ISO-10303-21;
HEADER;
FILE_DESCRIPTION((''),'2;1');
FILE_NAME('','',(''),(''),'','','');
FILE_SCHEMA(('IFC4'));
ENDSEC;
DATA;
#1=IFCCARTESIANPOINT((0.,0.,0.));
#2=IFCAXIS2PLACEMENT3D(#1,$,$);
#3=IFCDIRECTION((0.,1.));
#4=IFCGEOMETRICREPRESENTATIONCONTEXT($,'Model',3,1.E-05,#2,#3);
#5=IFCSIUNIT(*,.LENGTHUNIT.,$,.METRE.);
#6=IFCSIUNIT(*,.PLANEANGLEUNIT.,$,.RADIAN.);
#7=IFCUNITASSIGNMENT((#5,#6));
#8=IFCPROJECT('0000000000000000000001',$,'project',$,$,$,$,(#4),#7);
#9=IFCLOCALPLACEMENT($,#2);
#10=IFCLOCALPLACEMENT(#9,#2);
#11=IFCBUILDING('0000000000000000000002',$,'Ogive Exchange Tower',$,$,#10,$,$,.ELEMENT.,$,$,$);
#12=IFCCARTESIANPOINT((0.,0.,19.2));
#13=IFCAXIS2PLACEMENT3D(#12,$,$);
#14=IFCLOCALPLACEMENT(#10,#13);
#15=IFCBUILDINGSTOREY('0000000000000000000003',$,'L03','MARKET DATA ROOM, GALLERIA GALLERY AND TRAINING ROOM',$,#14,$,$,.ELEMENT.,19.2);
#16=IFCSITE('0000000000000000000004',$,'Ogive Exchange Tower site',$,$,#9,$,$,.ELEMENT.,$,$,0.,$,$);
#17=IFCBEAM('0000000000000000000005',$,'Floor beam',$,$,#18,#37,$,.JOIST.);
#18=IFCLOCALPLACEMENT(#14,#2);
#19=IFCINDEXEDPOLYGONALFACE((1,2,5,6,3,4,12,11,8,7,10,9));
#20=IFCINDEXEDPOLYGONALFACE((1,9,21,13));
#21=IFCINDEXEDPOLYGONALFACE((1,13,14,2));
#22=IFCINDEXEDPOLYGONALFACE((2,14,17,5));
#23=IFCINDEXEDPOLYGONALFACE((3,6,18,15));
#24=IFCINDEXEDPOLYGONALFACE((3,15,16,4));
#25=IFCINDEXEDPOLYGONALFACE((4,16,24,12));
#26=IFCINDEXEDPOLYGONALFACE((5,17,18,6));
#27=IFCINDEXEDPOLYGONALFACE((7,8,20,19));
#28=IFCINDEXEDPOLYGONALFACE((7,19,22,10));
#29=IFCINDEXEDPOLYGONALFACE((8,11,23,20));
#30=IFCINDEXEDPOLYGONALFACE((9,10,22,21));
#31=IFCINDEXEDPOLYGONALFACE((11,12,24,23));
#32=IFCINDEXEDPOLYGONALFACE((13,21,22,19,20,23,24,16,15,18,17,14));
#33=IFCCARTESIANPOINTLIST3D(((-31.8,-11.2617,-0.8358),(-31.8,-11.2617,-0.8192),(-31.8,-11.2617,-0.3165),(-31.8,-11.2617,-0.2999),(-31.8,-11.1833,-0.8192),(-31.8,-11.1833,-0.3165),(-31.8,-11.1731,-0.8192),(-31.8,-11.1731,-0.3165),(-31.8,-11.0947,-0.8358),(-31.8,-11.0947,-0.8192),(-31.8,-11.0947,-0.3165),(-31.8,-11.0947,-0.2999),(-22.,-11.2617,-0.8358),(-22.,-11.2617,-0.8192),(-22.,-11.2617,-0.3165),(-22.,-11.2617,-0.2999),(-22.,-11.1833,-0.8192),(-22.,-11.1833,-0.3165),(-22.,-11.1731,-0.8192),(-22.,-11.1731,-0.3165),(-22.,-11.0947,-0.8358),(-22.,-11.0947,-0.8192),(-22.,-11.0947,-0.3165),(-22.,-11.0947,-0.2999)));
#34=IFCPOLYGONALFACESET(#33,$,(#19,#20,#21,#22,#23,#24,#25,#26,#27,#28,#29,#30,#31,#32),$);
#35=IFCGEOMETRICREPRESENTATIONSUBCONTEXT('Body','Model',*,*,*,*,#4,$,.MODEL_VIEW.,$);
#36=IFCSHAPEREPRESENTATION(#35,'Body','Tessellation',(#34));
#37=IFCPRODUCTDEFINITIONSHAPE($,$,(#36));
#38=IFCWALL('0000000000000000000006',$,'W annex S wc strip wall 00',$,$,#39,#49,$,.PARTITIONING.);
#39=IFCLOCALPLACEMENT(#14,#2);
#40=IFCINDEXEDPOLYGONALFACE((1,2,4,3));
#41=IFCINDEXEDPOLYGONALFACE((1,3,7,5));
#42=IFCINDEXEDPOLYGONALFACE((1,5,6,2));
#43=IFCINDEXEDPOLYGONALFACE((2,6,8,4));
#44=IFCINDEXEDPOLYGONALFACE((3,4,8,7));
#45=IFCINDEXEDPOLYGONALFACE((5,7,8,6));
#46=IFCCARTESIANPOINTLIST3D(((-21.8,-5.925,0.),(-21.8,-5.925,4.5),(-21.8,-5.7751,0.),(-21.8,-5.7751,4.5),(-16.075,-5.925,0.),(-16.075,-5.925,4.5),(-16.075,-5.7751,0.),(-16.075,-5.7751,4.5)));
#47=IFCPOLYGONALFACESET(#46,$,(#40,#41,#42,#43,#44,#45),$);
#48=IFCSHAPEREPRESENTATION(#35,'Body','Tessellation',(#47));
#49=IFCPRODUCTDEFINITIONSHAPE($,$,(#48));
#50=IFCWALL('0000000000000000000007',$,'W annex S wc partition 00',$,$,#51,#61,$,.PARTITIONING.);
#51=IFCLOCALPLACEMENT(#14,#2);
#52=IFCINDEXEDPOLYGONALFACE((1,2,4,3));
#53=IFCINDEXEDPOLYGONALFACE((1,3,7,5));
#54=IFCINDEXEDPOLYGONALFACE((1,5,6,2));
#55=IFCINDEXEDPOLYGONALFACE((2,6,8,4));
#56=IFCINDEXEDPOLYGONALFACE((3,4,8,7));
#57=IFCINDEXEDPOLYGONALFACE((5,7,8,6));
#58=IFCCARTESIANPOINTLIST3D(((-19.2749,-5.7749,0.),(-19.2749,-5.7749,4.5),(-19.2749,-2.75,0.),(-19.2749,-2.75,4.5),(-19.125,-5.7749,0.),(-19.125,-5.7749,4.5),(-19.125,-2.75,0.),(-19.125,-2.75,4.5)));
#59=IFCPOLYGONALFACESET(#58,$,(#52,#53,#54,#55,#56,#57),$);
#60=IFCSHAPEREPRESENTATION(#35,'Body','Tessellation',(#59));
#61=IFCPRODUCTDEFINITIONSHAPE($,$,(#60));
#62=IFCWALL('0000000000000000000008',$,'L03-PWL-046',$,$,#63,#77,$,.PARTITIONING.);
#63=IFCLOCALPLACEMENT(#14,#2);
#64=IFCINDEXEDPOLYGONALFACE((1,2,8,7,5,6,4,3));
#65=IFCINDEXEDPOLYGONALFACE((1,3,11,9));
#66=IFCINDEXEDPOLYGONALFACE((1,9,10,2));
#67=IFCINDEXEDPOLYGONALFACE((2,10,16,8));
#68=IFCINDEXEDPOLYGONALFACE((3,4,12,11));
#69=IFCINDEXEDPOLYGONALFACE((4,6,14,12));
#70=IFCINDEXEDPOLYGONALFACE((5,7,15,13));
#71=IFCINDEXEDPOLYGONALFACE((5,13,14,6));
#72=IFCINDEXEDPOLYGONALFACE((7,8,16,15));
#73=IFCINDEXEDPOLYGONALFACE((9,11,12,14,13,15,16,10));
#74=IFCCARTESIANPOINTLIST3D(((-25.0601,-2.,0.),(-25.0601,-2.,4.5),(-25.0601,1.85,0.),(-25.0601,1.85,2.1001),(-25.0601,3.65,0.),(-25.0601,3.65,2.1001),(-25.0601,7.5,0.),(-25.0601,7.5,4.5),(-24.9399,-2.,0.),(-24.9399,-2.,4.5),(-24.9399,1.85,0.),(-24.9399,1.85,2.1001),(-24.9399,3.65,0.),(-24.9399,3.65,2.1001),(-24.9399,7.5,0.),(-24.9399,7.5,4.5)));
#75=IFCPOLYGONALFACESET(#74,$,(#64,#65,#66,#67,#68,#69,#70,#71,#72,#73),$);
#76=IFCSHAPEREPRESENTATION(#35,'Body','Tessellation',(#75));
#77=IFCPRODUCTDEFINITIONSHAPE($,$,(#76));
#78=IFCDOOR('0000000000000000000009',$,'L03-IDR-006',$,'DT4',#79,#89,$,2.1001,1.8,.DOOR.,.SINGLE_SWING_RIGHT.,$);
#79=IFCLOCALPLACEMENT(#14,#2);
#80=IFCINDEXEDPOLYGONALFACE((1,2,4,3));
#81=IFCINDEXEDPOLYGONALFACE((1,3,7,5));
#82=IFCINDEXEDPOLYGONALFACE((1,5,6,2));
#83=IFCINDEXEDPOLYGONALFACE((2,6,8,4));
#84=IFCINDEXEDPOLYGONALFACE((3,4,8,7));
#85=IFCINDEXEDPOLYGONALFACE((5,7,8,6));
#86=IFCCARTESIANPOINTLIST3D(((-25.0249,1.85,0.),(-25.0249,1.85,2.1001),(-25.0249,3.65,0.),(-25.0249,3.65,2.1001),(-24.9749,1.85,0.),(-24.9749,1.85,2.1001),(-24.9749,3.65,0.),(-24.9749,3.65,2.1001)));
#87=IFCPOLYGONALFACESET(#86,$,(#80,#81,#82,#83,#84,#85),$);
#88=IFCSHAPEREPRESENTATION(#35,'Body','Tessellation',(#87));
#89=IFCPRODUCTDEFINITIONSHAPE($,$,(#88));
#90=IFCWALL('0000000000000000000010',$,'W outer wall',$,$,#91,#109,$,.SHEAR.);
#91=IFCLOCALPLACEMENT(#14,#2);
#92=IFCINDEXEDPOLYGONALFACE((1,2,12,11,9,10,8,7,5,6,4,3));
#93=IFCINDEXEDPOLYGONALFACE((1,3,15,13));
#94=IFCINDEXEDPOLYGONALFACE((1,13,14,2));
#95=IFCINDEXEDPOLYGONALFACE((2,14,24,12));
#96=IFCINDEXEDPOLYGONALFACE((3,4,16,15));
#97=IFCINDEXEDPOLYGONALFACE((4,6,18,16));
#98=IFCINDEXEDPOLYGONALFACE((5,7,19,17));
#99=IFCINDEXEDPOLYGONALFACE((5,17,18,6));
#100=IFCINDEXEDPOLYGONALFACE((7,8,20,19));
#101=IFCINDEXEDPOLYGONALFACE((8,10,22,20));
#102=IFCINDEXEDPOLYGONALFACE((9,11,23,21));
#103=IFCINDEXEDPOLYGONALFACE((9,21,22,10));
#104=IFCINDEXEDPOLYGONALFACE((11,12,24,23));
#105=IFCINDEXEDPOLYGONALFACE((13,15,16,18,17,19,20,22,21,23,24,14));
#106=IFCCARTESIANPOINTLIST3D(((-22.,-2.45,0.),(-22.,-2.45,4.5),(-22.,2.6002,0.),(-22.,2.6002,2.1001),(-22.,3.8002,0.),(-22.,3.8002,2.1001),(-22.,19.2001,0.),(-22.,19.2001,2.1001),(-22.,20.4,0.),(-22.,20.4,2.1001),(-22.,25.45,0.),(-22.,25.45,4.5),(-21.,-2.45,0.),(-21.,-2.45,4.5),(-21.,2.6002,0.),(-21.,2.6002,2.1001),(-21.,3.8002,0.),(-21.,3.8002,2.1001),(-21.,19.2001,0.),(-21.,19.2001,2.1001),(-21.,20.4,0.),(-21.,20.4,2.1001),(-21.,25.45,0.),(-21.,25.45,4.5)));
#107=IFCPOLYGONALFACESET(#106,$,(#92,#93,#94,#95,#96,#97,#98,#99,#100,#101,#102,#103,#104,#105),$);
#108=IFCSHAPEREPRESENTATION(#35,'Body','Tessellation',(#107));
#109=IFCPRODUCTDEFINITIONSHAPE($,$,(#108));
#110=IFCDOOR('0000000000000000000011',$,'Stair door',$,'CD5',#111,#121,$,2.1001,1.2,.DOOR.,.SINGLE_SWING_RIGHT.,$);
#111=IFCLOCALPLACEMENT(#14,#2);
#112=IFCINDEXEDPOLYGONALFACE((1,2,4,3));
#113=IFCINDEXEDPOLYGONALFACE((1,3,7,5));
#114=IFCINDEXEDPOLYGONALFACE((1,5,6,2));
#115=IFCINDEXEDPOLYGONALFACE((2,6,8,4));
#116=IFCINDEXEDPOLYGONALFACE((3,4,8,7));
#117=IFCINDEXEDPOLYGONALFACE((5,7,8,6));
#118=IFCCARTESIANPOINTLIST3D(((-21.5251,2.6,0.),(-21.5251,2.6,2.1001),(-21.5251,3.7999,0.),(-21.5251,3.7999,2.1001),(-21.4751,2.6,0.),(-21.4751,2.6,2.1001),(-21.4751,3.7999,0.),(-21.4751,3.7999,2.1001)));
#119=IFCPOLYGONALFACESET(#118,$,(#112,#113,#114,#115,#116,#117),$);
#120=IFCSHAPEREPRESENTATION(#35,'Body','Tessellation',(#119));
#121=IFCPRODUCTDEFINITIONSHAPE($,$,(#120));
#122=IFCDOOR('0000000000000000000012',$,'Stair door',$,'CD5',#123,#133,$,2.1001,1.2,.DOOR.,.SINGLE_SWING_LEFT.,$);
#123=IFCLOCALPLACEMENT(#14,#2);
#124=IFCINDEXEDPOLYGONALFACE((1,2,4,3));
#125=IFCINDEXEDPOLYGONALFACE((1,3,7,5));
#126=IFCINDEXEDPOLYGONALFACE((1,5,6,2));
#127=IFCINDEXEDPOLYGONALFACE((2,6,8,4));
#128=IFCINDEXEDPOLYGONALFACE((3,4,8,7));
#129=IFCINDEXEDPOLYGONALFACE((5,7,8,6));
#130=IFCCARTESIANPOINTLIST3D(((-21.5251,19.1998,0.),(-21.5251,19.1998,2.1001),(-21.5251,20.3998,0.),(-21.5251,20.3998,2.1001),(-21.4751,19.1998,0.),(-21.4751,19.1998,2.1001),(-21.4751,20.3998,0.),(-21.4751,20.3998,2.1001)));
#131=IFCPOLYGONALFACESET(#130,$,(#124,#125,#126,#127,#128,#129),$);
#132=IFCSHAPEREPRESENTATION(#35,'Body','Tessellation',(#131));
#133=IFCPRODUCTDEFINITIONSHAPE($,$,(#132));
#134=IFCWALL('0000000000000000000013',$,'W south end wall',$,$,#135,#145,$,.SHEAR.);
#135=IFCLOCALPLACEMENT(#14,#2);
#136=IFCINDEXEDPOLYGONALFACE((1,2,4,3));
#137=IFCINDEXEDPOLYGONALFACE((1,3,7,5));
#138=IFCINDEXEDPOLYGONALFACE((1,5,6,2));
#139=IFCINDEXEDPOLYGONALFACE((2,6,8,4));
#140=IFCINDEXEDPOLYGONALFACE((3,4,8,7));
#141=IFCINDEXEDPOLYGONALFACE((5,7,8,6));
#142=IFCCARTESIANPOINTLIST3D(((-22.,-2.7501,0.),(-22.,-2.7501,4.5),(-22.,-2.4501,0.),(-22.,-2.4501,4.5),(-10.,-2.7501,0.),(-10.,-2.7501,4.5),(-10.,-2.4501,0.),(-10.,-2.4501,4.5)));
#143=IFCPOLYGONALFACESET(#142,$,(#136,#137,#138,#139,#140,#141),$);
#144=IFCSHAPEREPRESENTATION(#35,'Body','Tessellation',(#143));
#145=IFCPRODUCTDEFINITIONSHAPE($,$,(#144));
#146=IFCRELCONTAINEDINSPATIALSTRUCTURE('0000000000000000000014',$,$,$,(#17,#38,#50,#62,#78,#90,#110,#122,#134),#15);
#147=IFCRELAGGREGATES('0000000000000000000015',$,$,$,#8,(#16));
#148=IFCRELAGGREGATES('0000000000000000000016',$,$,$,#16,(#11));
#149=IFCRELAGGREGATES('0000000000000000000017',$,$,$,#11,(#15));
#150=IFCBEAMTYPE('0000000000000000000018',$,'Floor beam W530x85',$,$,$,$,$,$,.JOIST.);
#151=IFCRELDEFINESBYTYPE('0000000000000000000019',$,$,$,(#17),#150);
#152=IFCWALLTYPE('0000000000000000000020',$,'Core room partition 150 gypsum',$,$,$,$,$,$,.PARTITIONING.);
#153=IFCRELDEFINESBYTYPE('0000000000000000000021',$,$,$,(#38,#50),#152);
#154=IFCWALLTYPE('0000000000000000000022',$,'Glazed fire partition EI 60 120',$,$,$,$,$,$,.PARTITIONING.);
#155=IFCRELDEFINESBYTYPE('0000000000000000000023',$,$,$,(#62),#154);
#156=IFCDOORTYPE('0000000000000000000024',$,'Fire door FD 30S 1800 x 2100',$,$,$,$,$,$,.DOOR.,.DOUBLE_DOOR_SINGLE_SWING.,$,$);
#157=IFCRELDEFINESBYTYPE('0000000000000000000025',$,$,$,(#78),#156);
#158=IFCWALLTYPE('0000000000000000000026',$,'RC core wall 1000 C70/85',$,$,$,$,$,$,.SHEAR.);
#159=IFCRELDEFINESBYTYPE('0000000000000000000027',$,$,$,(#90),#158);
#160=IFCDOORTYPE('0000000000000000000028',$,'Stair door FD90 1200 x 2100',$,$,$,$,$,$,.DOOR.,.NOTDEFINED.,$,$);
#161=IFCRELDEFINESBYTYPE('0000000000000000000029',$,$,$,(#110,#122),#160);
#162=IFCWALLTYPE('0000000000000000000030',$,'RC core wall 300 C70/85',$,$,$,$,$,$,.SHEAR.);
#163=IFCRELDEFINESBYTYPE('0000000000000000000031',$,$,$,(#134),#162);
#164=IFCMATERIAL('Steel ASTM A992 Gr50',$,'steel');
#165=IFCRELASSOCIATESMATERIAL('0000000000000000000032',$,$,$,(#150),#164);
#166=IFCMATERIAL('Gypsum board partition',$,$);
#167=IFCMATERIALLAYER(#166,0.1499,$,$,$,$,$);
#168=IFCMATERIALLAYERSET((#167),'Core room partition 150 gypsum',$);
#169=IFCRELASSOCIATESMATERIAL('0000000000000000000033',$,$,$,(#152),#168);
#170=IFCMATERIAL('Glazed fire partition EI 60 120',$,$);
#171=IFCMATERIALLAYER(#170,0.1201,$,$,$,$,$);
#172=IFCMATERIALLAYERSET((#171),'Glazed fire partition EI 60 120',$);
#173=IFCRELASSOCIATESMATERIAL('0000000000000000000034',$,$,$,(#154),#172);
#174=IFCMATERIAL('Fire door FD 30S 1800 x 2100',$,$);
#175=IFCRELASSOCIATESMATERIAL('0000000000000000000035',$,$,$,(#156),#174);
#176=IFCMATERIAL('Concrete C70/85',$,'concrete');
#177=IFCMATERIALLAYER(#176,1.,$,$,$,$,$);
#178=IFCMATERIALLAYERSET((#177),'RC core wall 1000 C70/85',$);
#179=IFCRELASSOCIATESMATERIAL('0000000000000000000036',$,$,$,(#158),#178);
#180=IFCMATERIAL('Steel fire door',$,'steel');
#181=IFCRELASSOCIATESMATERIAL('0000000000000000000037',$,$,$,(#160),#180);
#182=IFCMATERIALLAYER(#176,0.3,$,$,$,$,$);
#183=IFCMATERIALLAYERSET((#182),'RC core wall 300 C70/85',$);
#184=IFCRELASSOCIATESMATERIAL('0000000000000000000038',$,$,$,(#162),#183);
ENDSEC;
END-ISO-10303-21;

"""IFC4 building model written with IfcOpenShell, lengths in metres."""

from ifc_helpers import new_model, si_unit, direction, frame, frame_2d, origin, origin_2d, place, context, subcontext, project, spatial, rectangle, i_section, extrude, material, layer, layer_set, material_profile, profile_set, type_object, element, fill, save


model = new_model("IFC4")

# Units and contexts
model_context = context("Model", 3, precision=1e-05, world=origin(), true_north=direction((0.0, 1.0)))
body_context = subcontext(model_context, "Body", "Model", "MODEL_VIEW")
ifc_project = project(units=[si_unit("LENGTHUNIT", "METRE"), si_unit("PLANEANGLEUNIT", "RADIAN")], contexts=[model_context])

# Site, building, storey
site_placement = place(None, origin())
site = spatial("IfcSite", under=ifc_project, at=site_placement, Name="Ogive Exchange Tower site", CompositionType="ELEMENT", RefElevation=0.0)
building_placement = place(site_placement, origin())
building = spatial("IfcBuilding", under=site, at=building_placement, Name="Ogive Exchange Tower", CompositionType="ELEMENT")
storey_placement = place(building_placement, frame((0.0, 0.0, 19.2)))
storey = spatial("IfcBuildingStorey", under=building, at=storey_placement, Name="L03", Description="MARKET DATA ROOM, GALLERIA GALLERY AND TRAINING ROOM", CompositionType="ELEMENT", Elevation=19.2)

# Beam
ifc_material_1 = material(Name="Steel ASTM A992 Gr50", Category="steel")
ifc_material_profile = material_profile(ifc_material_1, i_section(OverallWidth=0.167, OverallDepth=0.5359, WebThickness=0.0103, FlangeThickness=0.0166, at=origin_2d()), Name="W530x85")
ifc_profile_set = profile_set([ifc_material_profile], Name="Steel ASTM A992 Gr50")
beam_type = type_object("IfcBeamType", Name="Floor beam W530x85", PredefinedType="JOIST", material=ifc_profile_set)
beam_placement = place(storey_placement, frame((-31.8, -11.1782, -0.5679), z_axis=(1.0, 0.0, 0.0), x_axis=(0.0, 1.0, 0.0)))
element("IfcBeam", 1, at=beam_placement, inside=storey, type_object=beam_type, Name="Floor beam", PredefinedType="JOIST", context=body_context, shape_type="SweptSolid", body=[
    extrude(i_section(OverallWidth=0.167, OverallDepth=0.5359, WebThickness=0.0103, FlangeThickness=0.0166, at=origin_2d()), origin(), (0.0, 0.0, 1.0), 9.8),
])

# Walls
ifc_material_2 = material(Name="Gypsum board partition")
ifc_layer_1 = layer(ifc_material_2, 0.1499)
ifc_layer_set_1 = layer_set([ifc_layer_1], Name="Core room partition 150 gypsum")
wall_type_1 = type_object("IfcWallType", Name="Core room partition 150 gypsum", PredefinedType="PARTITIONING", material=ifc_layer_set_1)
wall_1_placement = place(storey_placement, frame((-21.8, -5.8501, 0.0), z_axis=(0.0, 0.0, 1.0), x_axis=(1.0, 0.0, 0.0)))
element("IfcWall", 2, at=wall_1_placement, inside=storey, type_object=wall_type_1, Name="W annex S wc strip wall 00", PredefinedType="PARTITIONING", context=body_context, shape_type="SweptSolid", body=[
    extrude(rectangle(XDim=5.7251, YDim=0.1499, at=frame_2d((2.8625, 0.0))), origin(), (0.0, 0.0, 1.0), 4.5),
])
wall_2_placement = place(storey_placement, frame((-19.2, -5.7749, 0.0), z_axis=(0.0, 0.0, 1.0), x_axis=(0.0, 1.0, 0.0)))
element("IfcWall", 3, at=wall_2_placement, inside=storey, type_object=wall_type_1, Name="W annex S wc partition 00", PredefinedType="PARTITIONING", context=body_context, shape_type="SweptSolid", body=[
    extrude(rectangle(XDim=3.0249, YDim=0.1499, at=frame_2d((1.5125, 0.0))), origin(), (0.0, 0.0, 1.0), 4.5),
])

# Wall, opening, door
ifc_material_3 = material(Name="Glazed fire partition EI 60 120")
ifc_layer_2 = layer(ifc_material_3, 0.1201)
ifc_layer_set_2 = layer_set([ifc_layer_2], Name="Glazed fire partition EI 60 120")
wall_type_2 = type_object("IfcWallType", Name="Glazed fire partition EI 60 120", PredefinedType="PARTITIONING", material=ifc_layer_set_2)
wall_3_placement = place(storey_placement, frame((-25.0, -2.0, 0.0), z_axis=(0.0, 0.0, 1.0), x_axis=(0.0, 1.0, 0.0)))
wall_3 = element("IfcWall", 4, at=wall_3_placement, inside=storey, type_object=wall_type_2, Name="L03-PWL-046", PredefinedType="PARTITIONING", context=body_context, shape_type="SweptSolid", body=[
    extrude(rectangle(XDim=9.5, YDim=0.1201, at=frame_2d((4.75, 0.0))), origin(), (0.0, 0.0, 1.0), 4.5),
])
opening_1_placement = place(wall_3_placement, frame((3.8501, 0.0, 0.0)))
opening_1 = element("IfcOpeningElement", 5, at=opening_1_placement, cuts=wall_3, PredefinedType="OPENING", context=body_context, shape_type="SweptSolid", body=[
    extrude(rectangle(XDim=1.8, YDim=2.1001, at=frame_2d((0.8999, 1.05))), frame((0.0, 0.0701, 0.0), z_axis=(0.0, -1.0, 0.0), x_axis=(1.0, 0.0, 0.0)), (0.0, 0.0, 1.0), 0.1401),
])
ifc_material_4 = material(Name="Fire door FD 30S 1800 x 2100")
door_type_1 = type_object("IfcDoorType", Name="Fire door FD 30S 1800 x 2100", OperationType="DOUBLE_DOOR_SINGLE_SWING", PredefinedType="DOOR", material=ifc_material_4)
door_1_placement = place(opening_1_placement, origin())
door_1 = element("IfcDoor", 6, at=door_1_placement, inside=storey, type_object=door_type_1, Name="L03-IDR-006", ObjectType="DT4", OperationType="SINGLE_SWING_RIGHT", OverallHeight=2.1001, OverallWidth=1.8, PredefinedType="DOOR", context=body_context, shape_type="SweptSolid", body=[
    extrude(rectangle(XDim=1.8, YDim=2.1001, at=frame_2d((0.8999, 1.05))), frame((0.0, 0.0249, 0.0), z_axis=(0.0, -1.0, 0.0), x_axis=(1.0, 0.0, 0.0)), (0.0, 0.0, 1.0), 0.05),
])
fill(opening_1, door_1)

# Wall, openings, doors
ifc_material_5 = material(Name="Concrete C70/85", Category="concrete")
ifc_layer_3 = layer(ifc_material_5, 1.0)
ifc_layer_set_3 = layer_set([ifc_layer_3], Name="RC core wall 1000 C70/85")
wall_type_3 = type_object("IfcWallType", Name="RC core wall 1000 C70/85", PredefinedType="SHEAR", material=ifc_layer_set_3)
wall_4_placement = place(storey_placement, frame((-21.5, -2.45, 0.0), z_axis=(0.0, 0.0, 1.0), x_axis=(0.0, 1.0, 0.0)))
wall_4 = element("IfcWall", 7, at=wall_4_placement, inside=storey, type_object=wall_type_3, Name="W outer wall", PredefinedType="SHEAR", context=body_context, shape_type="SweptSolid", body=[
    extrude(rectangle(XDim=27.8999, YDim=1.0, at=frame_2d((13.95, 0.0))), origin(), (0.0, 0.0, 1.0), 4.5),
])
opening_2_placement = place(wall_4_placement, frame((5.05, 0.0, 0.0)))
opening_2 = element("IfcOpeningElement", 8, at=opening_2_placement, cuts=wall_4, PredefinedType="OPENING", context=body_context, shape_type="SweptSolid", body=[
    extrude(rectangle(XDim=1.2, YDim=2.1001, at=frame_2d((0.6001, 1.05))), frame((0.0, 0.51, 0.0), z_axis=(0.0, -1.0, 0.0), x_axis=(1.0, 0.0, 0.0)), (0.0, 0.0, 1.0), 1.02),
])
opening_3_placement = place(wall_4_placement, frame((21.6499, 0.0, 0.0)))
opening_3 = element("IfcOpeningElement", 9, at=opening_3_placement, cuts=wall_4, PredefinedType="OPENING", context=body_context, shape_type="SweptSolid", body=[
    extrude(rectangle(XDim=1.2, YDim=2.1001, at=frame_2d((0.6001, 1.05))), frame((0.0, 0.51, 0.0), z_axis=(0.0, -1.0, 0.0), x_axis=(1.0, 0.0, 0.0)), (0.0, 0.0, 1.0), 1.02),
])
ifc_material_6 = material(Name="Steel fire door", Category="steel")
door_type_2 = type_object("IfcDoorType", Name="Stair door FD90 1200 x 2100", OperationType="NOTDEFINED", PredefinedType="DOOR", material=ifc_material_6)
door_2_placement = place(opening_2_placement, frame((1.2, 0.0, 0.0), z_axis=(0.0, 0.0, 1.0), x_axis=(-1.0, 0.0, 0.0)))
door_2 = element("IfcDoor", 10, at=door_2_placement, inside=storey, type_object=door_type_2, Name="Stair door", ObjectType="CD5", OperationType="SINGLE_SWING_RIGHT", OverallHeight=2.1001, OverallWidth=1.2, PredefinedType="DOOR", context=body_context, shape_type="SweptSolid", body=[
    extrude(rectangle(XDim=1.2, YDim=2.1001, at=frame_2d((0.6001, 1.05))), frame((0.0, 0.0249, 0.0), z_axis=(0.0, -1.0, 0.0), x_axis=(1.0, 0.0, 0.0)), (0.0, 0.0, 1.0), 0.05),
])
fill(opening_2, door_2)
door_3_placement = place(opening_3_placement, frame((1.2, 0.0, 0.0), z_axis=(0.0, 0.0, 1.0), x_axis=(-1.0, 0.0, 0.0)))
door_3 = element("IfcDoor", 11, at=door_3_placement, inside=storey, type_object=door_type_2, Name="Stair door", ObjectType="CD5", OperationType="SINGLE_SWING_LEFT", OverallHeight=2.1001, OverallWidth=1.2, PredefinedType="DOOR", context=body_context, shape_type="SweptSolid", body=[
    extrude(rectangle(XDim=1.2, YDim=2.1001, at=frame_2d((0.6001, 1.05))), frame((0.0, 0.0249, 0.0), z_axis=(0.0, -1.0, 0.0), x_axis=(1.0, 0.0, 0.0)), (0.0, 0.0, 1.0), 0.05),
])
fill(opening_3, door_3)

# Wall
ifc_layer_4 = layer(ifc_material_5, 0.3)
ifc_layer_set_4 = layer_set([ifc_layer_4], Name="RC core wall 300 C70/85")
wall_type_4 = type_object("IfcWallType", Name="RC core wall 300 C70/85", PredefinedType="SHEAR", material=ifc_layer_set_4)
wall_5_placement = place(storey_placement, frame((-22.0, -2.6001, 0.0), z_axis=(0.0, 0.0, 1.0), x_axis=(1.0, 0.0, 0.0)))
element("IfcWall", 12, at=wall_5_placement, inside=storey, type_object=wall_type_4, Name="W south end wall", PredefinedType="SHEAR", context=body_context, shape_type="SweptSolid", body=[
    extrude(rectangle(XDim=12.0, YDim=0.3, at=frame_2d((6.0, 0.0))), origin(), (0.0, 0.0, 1.0), 4.5),
])

save(model, "model.ifc")
